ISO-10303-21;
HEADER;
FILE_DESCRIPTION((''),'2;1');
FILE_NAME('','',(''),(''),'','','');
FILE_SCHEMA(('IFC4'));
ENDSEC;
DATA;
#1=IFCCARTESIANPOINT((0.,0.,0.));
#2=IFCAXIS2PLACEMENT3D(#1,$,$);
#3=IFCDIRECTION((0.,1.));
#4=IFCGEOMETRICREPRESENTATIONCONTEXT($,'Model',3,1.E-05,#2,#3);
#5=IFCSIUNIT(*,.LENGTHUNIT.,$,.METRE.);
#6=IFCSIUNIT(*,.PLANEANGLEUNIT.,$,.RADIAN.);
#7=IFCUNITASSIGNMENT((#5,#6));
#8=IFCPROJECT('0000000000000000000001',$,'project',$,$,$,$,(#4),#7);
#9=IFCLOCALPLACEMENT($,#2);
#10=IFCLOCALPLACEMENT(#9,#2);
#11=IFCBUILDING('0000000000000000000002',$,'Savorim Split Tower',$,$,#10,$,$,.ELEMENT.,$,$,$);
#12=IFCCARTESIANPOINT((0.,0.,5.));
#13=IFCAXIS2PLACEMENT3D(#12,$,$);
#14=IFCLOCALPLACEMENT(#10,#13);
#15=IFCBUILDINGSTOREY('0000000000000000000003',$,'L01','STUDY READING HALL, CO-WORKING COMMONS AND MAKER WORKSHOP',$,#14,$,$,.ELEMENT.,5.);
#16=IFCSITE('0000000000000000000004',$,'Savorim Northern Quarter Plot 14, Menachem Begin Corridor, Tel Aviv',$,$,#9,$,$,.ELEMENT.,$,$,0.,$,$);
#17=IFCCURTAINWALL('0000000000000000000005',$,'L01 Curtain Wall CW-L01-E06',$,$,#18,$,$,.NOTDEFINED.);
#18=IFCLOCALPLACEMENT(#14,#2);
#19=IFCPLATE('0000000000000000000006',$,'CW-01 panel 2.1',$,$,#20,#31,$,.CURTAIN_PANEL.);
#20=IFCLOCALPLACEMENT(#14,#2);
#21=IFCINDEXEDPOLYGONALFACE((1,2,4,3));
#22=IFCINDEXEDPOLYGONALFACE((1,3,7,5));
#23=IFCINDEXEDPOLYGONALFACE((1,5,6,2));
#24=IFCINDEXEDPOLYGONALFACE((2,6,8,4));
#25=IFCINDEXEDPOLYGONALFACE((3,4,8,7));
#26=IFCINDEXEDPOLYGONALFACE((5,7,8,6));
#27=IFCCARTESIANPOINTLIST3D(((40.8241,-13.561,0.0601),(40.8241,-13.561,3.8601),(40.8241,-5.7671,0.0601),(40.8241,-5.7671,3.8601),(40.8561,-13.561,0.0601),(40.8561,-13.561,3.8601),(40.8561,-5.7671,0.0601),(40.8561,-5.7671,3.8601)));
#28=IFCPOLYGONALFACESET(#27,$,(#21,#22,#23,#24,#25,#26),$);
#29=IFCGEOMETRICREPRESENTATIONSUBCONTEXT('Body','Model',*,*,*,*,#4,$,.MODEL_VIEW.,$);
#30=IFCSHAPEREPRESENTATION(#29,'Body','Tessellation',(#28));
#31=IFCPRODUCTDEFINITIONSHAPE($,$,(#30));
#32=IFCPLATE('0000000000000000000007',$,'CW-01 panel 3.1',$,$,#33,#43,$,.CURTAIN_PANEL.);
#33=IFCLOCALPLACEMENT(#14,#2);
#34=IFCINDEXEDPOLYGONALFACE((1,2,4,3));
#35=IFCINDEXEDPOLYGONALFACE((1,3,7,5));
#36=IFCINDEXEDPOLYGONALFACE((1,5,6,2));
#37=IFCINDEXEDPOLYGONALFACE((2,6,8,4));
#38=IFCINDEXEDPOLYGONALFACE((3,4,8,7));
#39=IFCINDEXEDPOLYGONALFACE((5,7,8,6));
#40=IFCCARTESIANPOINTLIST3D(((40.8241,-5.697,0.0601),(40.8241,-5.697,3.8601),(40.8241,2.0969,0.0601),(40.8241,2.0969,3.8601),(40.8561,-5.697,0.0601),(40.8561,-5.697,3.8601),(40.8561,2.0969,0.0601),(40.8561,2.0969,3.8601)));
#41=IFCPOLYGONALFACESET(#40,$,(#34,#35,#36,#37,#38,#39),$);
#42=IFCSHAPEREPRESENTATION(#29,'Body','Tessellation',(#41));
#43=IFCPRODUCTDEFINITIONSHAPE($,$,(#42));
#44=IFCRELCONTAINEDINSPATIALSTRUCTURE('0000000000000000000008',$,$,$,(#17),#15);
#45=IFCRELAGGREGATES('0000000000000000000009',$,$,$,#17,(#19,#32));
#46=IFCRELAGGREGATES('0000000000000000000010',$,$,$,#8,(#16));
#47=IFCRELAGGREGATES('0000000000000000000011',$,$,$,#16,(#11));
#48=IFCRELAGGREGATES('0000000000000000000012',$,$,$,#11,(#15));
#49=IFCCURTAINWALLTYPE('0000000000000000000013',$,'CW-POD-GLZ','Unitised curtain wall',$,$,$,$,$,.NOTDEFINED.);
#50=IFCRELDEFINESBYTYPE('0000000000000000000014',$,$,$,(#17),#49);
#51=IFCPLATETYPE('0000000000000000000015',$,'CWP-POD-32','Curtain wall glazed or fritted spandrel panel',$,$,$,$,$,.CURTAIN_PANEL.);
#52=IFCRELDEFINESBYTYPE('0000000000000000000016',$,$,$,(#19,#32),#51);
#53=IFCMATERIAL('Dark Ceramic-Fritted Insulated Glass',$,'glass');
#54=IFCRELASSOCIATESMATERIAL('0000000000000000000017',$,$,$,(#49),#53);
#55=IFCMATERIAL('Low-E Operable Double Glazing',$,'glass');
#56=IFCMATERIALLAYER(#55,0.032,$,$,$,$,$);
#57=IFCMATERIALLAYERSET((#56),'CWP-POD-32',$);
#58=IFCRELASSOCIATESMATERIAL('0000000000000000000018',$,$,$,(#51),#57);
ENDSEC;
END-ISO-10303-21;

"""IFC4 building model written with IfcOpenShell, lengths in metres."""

from ifc_helpers import new_model, si_unit, direction, frame, origin, origin_2d, place, context, subcontext, project, spatial, rectangle, extrude, material, layer, layer_set, type_object, element, aggregate, save


model = new_model("IFC4")

# Units and contexts
model_context = context("Model", 3, precision=1e-05, world=origin(), true_north=direction((0.0, 1.0)))
body_context = subcontext(model_context, "Body", "Model", "MODEL_VIEW")
ifc_project = project(units=[si_unit("LENGTHUNIT", "METRE"), si_unit("PLANEANGLEUNIT", "RADIAN")], contexts=[model_context])

# Site, building, storey
site_placement = place(None, origin())
site = spatial("IfcSite", under=ifc_project, at=site_placement, Name="Savorim Northern Quarter Plot 14, Menachem Begin Corridor, Tel Aviv", CompositionType="ELEMENT", RefElevation=0.0)
building_placement = place(site_placement, origin())
building = spatial("IfcBuilding", under=site, at=building_placement, Name="Savorim Split Tower", CompositionType="ELEMENT")
storey_placement = place(building_placement, frame((0.0, 0.0, 5.0)))
storey = spatial("IfcBuildingStorey", under=building, at=storey_placement, Name="L01", Description="STUDY READING HALL, CO-WORKING COMMONS AND MAKER WORKSHOP", CompositionType="ELEMENT", Elevation=5.0)

# Shared definitions
ifc_material_1 = material(Name="Dark Ceramic-Fritted Insulated Glass", Category="glass")
curtain_wall_type = type_object("IfcCurtainWallType", Name="CW-POD-GLZ", Description="Unitised curtain wall", PredefinedType="NOTDEFINED", material=ifc_material_1)

# Curtain wall
curtain_wall_1_placement = place(storey_placement, origin())
curtain_wall_1 = element("IfcCurtainWall", 1, at=curtain_wall_1_placement, inside=storey, type_object=curtain_wall_type, Name="L01 Curtain Wall CW-L01-E06", PredefinedType="NOTDEFINED")

# Plates
ifc_material_2 = material(Name="Low-E Operable Double Glazing", Category="glass")
ifc_layer = layer(ifc_material_2, 0.032)
ifc_layer_set = layer_set([ifc_layer], Name="CWP-POD-32")
plate_type = type_object("IfcPlateType", Name="CWP-POD-32", Description="Curtain wall glazed or fritted spandrel panel", PredefinedType="CURTAIN_PANEL", material=ifc_layer_set)
plate_1_placement = place(storey_placement, frame((40.8401, -9.6641, 0.0601), z_axis=(0.0, 0.0, 1.0), x_axis=(0.0, 1.0, 0.0)))
plate_1 = element("IfcPlate", 2, at=plate_1_placement, type_object=plate_type, Name="CW-01 panel 2.1", PredefinedType="CURTAIN_PANEL", context=body_context, shape_type="SweptSolid", body=[
    extrude(rectangle(XDim=7.7939, YDim=0.032, at=origin_2d()), origin(), (0.0, 0.0, 1.0), 3.8),
])
plate_2_placement = place(storey_placement, frame((40.8401, -1.8, 0.0601), z_axis=(0.0, 0.0, 1.0), x_axis=(0.0, 1.0, 0.0)))
plate_2 = element("IfcPlate", 3, at=plate_2_placement, type_object=plate_type, Name="CW-01 panel 3.1", PredefinedType="CURTAIN_PANEL", context=body_context, shape_type="SweptSolid", body=[
    extrude(rectangle(XDim=7.7939, YDim=0.032, at=origin_2d()), origin(), (0.0, 0.0, 1.0), 3.8),
])
aggregate(curtain_wall_1, [plate_1, plate_2])

save(model, "model.ifc")
